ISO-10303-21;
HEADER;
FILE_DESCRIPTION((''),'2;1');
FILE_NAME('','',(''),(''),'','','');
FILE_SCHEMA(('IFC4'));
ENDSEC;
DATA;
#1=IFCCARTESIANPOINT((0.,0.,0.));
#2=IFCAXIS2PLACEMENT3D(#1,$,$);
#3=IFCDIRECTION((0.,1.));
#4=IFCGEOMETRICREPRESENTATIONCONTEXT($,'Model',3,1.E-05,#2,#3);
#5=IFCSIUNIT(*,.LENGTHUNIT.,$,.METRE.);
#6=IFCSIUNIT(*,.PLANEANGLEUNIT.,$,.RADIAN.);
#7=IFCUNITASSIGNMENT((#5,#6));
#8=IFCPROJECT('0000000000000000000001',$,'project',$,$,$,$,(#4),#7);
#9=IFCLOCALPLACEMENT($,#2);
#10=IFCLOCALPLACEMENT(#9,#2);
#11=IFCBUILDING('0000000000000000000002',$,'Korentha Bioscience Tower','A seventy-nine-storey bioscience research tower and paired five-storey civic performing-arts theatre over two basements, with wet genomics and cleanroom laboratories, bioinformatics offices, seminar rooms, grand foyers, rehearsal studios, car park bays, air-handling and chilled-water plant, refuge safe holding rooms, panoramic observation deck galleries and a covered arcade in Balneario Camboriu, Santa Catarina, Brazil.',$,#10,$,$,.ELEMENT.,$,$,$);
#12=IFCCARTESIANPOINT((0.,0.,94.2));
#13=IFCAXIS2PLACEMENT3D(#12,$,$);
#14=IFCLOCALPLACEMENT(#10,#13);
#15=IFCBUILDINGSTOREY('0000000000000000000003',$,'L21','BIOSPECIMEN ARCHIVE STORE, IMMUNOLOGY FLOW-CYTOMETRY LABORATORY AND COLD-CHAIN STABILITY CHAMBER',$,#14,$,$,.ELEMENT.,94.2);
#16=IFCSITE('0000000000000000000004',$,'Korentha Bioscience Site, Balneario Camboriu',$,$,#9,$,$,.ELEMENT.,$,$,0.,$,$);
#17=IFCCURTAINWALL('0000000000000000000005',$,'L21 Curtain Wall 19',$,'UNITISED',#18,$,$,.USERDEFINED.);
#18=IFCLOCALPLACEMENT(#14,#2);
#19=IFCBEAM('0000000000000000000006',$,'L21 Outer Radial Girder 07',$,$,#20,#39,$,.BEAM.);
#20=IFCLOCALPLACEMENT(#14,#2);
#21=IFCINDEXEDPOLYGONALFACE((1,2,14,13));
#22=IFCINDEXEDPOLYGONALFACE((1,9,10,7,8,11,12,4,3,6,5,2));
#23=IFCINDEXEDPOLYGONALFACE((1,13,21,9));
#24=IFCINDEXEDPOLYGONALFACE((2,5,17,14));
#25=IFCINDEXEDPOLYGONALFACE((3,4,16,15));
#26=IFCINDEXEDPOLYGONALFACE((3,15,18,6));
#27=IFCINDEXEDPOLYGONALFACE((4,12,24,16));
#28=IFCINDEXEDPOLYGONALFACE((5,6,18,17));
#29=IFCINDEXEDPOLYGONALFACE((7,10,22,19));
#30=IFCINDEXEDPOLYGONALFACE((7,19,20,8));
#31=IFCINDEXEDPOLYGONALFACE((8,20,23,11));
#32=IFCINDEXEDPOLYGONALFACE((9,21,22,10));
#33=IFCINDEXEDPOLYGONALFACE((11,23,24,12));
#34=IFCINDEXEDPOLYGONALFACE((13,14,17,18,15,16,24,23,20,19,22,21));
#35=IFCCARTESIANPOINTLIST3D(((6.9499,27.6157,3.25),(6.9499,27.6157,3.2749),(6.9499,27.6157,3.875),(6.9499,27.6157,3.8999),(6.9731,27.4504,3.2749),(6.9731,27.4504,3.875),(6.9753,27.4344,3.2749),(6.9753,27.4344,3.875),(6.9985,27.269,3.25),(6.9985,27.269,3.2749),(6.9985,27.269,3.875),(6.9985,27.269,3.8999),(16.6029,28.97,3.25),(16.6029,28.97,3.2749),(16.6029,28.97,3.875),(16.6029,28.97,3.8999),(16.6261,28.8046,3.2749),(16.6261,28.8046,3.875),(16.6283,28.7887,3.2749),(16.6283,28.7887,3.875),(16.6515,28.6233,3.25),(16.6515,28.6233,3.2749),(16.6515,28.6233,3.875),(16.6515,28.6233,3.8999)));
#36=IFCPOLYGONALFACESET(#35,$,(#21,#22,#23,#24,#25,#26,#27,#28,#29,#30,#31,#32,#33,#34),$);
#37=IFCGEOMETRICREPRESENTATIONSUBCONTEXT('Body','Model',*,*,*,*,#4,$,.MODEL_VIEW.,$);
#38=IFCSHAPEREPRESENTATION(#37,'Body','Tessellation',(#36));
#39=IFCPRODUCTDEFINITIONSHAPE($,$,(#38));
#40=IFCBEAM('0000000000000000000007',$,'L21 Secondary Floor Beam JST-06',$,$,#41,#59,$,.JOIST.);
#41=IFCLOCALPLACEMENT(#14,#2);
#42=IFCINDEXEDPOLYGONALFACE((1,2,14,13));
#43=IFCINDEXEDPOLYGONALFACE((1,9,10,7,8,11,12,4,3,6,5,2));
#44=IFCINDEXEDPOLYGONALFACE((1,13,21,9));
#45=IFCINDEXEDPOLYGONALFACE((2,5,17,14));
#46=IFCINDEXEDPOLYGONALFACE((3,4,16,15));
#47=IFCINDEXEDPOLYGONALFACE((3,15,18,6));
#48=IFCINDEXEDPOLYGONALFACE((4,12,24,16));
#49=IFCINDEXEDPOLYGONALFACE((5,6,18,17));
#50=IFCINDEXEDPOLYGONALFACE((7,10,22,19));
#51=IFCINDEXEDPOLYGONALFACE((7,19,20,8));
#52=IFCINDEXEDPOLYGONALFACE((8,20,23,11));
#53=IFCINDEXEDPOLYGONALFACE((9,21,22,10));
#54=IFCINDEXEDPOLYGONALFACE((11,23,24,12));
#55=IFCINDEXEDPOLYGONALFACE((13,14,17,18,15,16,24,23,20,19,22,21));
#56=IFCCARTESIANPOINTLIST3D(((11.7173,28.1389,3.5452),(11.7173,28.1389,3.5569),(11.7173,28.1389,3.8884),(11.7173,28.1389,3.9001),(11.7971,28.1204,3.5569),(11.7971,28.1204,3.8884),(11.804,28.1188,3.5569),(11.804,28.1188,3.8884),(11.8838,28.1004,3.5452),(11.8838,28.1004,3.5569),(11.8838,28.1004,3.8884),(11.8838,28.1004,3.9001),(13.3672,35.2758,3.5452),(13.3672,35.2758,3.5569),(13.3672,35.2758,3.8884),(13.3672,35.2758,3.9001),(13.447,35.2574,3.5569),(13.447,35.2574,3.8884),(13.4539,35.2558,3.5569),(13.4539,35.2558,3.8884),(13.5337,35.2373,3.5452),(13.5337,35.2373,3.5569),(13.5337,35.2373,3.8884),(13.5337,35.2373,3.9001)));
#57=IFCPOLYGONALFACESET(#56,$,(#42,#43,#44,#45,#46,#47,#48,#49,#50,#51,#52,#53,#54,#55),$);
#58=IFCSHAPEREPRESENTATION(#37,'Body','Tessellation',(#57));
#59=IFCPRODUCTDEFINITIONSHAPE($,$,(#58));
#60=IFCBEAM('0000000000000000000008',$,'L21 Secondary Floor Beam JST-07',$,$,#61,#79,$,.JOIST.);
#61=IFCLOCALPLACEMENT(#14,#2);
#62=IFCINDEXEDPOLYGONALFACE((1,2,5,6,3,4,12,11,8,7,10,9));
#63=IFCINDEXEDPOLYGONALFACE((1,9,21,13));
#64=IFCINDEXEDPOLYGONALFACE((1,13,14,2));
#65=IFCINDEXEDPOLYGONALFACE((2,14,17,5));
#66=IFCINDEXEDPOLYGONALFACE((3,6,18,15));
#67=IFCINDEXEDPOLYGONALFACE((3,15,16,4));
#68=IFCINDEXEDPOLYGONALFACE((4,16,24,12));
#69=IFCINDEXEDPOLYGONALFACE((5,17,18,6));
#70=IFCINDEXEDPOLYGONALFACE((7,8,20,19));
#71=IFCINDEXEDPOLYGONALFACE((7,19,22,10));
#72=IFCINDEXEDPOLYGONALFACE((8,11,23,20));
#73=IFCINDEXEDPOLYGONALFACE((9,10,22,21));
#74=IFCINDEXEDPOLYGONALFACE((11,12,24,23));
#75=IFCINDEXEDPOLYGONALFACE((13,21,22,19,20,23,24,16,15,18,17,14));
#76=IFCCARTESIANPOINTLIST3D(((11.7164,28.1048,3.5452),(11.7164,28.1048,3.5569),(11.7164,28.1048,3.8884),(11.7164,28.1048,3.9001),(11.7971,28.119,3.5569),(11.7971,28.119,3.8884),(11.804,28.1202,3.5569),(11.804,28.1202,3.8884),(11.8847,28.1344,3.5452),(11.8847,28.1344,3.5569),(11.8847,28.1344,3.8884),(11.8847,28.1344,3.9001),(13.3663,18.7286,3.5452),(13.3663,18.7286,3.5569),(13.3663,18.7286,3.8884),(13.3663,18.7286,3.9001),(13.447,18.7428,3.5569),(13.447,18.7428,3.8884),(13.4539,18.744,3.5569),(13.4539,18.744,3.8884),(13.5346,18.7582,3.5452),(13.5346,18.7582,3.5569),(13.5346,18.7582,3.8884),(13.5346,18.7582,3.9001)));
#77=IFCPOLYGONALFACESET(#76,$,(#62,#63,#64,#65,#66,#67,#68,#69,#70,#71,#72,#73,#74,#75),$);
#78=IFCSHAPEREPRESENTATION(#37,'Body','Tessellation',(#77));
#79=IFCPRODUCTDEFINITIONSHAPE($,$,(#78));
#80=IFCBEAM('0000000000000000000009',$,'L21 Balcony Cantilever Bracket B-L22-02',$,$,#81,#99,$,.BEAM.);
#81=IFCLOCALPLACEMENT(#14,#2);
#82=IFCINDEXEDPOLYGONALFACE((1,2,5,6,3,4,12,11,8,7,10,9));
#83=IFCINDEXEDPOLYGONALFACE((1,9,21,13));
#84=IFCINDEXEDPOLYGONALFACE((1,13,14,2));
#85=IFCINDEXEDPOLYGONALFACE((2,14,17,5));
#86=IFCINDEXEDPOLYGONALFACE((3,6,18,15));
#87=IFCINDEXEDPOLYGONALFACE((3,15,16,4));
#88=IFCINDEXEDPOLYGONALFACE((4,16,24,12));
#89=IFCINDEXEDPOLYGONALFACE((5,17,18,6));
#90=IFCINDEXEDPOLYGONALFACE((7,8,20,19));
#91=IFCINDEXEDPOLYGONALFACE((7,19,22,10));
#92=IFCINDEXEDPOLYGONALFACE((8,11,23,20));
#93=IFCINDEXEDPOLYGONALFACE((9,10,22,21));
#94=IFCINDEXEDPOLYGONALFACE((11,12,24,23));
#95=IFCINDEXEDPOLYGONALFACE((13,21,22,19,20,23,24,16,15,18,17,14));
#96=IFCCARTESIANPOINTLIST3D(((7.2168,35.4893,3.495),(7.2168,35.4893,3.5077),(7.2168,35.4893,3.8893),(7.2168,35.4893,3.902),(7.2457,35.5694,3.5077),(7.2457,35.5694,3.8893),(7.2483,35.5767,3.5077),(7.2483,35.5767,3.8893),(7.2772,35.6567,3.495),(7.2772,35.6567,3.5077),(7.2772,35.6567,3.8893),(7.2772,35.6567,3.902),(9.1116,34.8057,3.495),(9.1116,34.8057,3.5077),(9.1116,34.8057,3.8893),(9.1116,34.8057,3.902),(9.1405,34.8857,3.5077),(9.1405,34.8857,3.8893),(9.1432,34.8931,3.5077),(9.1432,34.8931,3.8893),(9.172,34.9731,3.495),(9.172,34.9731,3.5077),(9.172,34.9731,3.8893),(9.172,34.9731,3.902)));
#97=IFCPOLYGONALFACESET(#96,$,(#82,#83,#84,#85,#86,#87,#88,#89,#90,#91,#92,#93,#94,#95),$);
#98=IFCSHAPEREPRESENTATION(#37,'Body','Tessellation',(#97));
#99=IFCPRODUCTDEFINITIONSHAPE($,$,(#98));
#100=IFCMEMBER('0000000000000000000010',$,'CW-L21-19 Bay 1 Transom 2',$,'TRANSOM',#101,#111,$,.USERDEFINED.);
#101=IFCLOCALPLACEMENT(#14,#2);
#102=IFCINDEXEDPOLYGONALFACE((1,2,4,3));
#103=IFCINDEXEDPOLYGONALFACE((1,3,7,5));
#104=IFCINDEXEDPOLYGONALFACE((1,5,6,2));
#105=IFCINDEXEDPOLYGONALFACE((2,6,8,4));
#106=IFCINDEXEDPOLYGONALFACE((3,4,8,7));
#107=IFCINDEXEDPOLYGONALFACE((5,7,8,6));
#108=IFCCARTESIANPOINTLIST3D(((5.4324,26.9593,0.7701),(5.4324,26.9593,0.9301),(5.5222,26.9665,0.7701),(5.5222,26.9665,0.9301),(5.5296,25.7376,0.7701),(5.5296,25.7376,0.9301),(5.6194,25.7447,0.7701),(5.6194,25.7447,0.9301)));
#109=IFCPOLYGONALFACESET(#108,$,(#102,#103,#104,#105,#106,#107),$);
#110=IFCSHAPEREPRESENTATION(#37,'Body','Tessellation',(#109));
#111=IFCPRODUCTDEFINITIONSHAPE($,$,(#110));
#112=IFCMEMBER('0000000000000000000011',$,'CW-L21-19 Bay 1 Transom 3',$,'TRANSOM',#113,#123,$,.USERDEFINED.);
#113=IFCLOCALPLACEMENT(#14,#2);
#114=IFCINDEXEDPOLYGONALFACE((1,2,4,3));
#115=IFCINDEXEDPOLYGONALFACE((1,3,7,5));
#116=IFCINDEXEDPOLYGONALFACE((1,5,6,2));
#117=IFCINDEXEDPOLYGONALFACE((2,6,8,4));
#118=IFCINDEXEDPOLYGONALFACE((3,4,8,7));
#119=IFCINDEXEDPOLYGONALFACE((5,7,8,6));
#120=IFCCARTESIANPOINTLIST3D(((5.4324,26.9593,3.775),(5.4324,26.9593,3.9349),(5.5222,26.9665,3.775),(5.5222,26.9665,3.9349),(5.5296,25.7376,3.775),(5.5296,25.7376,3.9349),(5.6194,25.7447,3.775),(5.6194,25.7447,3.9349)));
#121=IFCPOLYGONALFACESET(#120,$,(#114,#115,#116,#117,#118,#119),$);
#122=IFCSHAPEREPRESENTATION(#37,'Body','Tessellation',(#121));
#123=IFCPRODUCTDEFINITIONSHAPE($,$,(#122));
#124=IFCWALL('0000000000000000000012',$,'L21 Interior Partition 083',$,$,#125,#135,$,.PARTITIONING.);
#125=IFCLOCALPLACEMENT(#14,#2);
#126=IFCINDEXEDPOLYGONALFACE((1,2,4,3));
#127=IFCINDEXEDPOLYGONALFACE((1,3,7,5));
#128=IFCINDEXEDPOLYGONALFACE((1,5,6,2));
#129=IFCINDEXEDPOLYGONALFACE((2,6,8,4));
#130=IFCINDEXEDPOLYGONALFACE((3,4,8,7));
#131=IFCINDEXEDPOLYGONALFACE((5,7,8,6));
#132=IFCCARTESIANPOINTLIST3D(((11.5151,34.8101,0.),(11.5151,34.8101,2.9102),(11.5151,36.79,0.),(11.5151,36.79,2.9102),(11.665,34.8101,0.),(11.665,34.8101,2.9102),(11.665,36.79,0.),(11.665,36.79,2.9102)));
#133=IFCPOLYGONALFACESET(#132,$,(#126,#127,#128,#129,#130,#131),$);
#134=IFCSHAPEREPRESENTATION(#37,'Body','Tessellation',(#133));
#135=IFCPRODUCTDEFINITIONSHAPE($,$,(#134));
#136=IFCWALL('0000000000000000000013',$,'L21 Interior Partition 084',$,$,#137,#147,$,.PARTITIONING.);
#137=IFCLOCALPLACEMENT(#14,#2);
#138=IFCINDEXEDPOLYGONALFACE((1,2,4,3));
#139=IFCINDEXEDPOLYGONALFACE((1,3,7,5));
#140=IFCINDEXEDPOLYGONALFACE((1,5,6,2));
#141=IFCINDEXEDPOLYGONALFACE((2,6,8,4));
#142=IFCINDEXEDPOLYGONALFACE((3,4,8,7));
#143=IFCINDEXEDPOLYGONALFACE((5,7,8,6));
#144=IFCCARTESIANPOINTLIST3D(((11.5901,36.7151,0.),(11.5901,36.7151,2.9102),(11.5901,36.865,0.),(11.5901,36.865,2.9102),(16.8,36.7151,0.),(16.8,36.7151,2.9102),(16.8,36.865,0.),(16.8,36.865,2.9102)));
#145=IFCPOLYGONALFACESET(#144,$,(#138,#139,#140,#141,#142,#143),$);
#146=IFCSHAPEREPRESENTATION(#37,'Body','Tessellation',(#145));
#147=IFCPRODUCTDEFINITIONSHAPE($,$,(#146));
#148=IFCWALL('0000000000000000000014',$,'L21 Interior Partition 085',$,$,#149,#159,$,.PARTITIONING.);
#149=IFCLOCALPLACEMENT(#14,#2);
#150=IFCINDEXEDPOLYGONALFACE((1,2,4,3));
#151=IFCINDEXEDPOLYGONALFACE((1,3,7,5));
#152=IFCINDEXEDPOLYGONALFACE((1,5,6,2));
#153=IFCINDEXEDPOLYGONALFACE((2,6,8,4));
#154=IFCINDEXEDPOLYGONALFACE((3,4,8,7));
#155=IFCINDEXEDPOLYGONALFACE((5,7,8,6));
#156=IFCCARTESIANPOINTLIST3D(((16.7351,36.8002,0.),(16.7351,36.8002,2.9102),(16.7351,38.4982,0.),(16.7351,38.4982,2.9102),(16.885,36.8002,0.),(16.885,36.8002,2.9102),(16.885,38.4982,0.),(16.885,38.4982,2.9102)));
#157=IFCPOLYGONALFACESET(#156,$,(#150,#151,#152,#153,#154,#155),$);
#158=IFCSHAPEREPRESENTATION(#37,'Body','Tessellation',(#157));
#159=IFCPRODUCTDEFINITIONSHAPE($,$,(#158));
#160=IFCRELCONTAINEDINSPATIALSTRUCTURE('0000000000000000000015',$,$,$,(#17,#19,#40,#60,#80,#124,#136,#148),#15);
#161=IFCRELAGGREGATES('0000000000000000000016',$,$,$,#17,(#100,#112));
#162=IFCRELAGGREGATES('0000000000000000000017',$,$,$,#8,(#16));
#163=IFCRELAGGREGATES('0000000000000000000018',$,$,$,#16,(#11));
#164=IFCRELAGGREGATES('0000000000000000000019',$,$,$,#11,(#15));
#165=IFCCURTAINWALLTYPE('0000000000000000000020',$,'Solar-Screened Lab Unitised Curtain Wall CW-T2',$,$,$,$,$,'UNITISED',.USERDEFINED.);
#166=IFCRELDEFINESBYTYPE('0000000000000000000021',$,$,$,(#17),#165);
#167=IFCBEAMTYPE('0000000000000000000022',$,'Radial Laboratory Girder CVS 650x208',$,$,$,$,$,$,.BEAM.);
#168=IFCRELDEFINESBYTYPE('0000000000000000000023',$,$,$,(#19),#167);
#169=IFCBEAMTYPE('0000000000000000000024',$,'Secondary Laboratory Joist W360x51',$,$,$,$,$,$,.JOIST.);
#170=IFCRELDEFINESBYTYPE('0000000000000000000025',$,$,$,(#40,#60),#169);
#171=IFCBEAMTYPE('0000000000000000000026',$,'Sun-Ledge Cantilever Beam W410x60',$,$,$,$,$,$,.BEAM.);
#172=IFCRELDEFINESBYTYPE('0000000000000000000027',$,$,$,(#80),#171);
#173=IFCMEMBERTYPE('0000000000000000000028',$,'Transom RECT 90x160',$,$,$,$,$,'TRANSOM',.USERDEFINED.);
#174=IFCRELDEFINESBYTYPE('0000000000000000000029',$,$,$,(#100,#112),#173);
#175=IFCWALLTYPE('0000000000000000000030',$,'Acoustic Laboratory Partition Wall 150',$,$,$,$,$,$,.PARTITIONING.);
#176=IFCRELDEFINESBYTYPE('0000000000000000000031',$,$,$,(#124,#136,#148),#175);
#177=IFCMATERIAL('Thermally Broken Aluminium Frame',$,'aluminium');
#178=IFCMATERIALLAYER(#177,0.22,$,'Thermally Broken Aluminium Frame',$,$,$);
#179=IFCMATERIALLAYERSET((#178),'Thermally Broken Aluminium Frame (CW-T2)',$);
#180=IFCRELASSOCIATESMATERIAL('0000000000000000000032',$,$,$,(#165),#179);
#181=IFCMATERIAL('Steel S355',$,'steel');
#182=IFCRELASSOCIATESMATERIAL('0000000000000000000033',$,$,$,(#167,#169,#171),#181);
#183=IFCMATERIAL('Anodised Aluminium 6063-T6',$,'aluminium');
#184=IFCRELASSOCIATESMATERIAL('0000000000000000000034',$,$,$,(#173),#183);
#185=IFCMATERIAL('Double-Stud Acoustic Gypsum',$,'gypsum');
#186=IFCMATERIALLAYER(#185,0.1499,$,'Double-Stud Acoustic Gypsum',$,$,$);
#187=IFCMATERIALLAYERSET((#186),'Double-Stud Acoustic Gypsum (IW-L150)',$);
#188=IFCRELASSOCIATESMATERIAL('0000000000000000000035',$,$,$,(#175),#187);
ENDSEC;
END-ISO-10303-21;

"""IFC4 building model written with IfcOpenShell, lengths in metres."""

from ifc_helpers import new_model, si_unit, direction, frame, frame_2d, origin, origin_2d, place, context, subcontext, project, spatial, rectangle, i_section, extrude, material, layer, layer_set, material_profile, profile_set, type_object, element, aggregate, save


model = new_model("IFC4")

# Units and contexts
model_context = context("Model", 3, precision=1e-05, world=origin(), true_north=direction((0.0, 1.0)))
body_context = subcontext(model_context, "Body", "Model", "MODEL_VIEW")
ifc_project = project(units=[si_unit("LENGTHUNIT", "METRE"), si_unit("PLANEANGLEUNIT", "RADIAN")], contexts=[model_context])

# Site, building, storey
site_placement = place(None, origin())
site = spatial("IfcSite", under=ifc_project, at=site_placement, Name="Korentha Bioscience Site, Balneario Camboriu", CompositionType="ELEMENT", RefElevation=0.0)
building_placement = place(site_placement, origin())
building = spatial("IfcBuilding", under=site, at=building_placement, Name="Korentha Bioscience Tower", Description="A seventy-nine-storey bioscience research tower and paired five-storey civic performing-arts theatre over two basements, with wet genomics and cleanroom laboratories, bioinformatics offices, seminar rooms, grand foyers, rehearsal studios, car park bays, air-handling and chilled-water plant, refuge safe holding rooms, panoramic observation deck galleries and a covered arcade in Balneario Camboriu, Santa Catarina, Brazil.", CompositionType="ELEMENT")
storey_placement = place(building_placement, frame((0.0, 0.0, 94.2)))
storey = spatial("IfcBuildingStorey", under=building, at=storey_placement, Name="L21", Description="BIOSPECIMEN ARCHIVE STORE, IMMUNOLOGY FLOW-CYTOMETRY LABORATORY AND COLD-CHAIN STABILITY CHAMBER", CompositionType="ELEMENT", Elevation=94.2)

# Shared definitions
ifc_material_1 = material(Name="Steel S355", Category="steel")

# Curtain wall
ifc_material_2 = material(Name="Thermally Broken Aluminium Frame", Category="aluminium")
ifc_layer_1 = layer(ifc_material_2, 0.22, Name="Thermally Broken Aluminium Frame")
ifc_layer_set_1 = layer_set([ifc_layer_1], Name="Thermally Broken Aluminium Frame (CW-T2)")
curtain_wall_type = type_object("IfcCurtainWallType", Name="Solar-Screened Lab Unitised Curtain Wall CW-T2", ElementType="UNITISED", PredefinedType="USERDEFINED", material=ifc_layer_set_1)
curtain_wall_placement = place(storey_placement, origin())
curtain_wall = element("IfcCurtainWall", 1, at=curtain_wall_placement, inside=storey, type_object=curtain_wall_type, Name="L21 Curtain Wall 19", ObjectType="UNITISED", PredefinedType="USERDEFINED")
ifc_material_3 = material(Name="Anodised Aluminium 6063-T6", Category="aluminium")

# Beams
ifc_material_profile_1 = material_profile(ifc_material_1, i_section(OverallWidth=0.3501, OverallDepth=0.6499, WebThickness=0.0161, FlangeThickness=0.0249, at=origin_2d()), Name="Steel S355")
ifc_profile_set_1 = profile_set([ifc_material_profile_1], Name="Steel S355 (RB-650)")
beam_type_1 = type_object("IfcBeamType", Name="Radial Laboratory Girder CVS 650x208", PredefinedType="BEAM", material=ifc_profile_set_1)
beam_1_placement = place(storey_placement, frame((16.6272, 28.7966, 3.575), z_axis=(-0.990302, -0.138931, 0.0), x_axis=(0.138931, -0.990302, 0.0)))
element("IfcBeam", 2, at=beam_1_placement, inside=storey, type_object=beam_type_1, Name="L21 Outer Radial Girder 07", PredefinedType="BEAM", context=body_context, shape_type="SweptSolid", body=[
    extrude(i_section(OverallWidth=0.3501, OverallDepth=0.6499, WebThickness=0.0161, FlangeThickness=0.0249, at=origin_2d()), origin(), (0.0, 0.0, 1.0), 9.7476),
])
ifc_material_profile_2 = material_profile(ifc_material_1, i_section(OverallWidth=0.1709, OverallDepth=0.355, WebThickness=0.0071, FlangeThickness=0.0117, at=origin_2d()), Name="Steel S355")
ifc_profile_set_2 = profile_set([ifc_material_profile_2], Name="Steel S355 (JB-360)")
beam_type_2 = type_object("IfcBeamType", Name="Secondary Laboratory Joist W360x51", PredefinedType="JOIST", material=ifc_profile_set_2)
beam_2_placement = place(storey_placement, frame((13.4504, 35.2566, 3.7227), z_axis=(-0.225237, -0.974304, 0.0), x_axis=(0.974304, -0.225237, 0.0)))
element("IfcBeam", 3, at=beam_2_placement, inside=storey, type_object=beam_type_2, Name="L21 Secondary Floor Beam JST-06", PredefinedType="JOIST", context=body_context, shape_type="SweptSolid", body=[
    extrude(i_section(OverallWidth=0.1709, OverallDepth=0.355, WebThickness=0.0071, FlangeThickness=0.0117, at=origin_2d()), origin(), (0.0, 0.0, 1.0), 7.3252),
])
beam_3_placement = place(storey_placement, frame((11.8005, 28.1196, 3.7227), z_axis=(0.173304, -0.984868, 0.0), x_axis=(0.984868, 0.173304, 0.0)))
element("IfcBeam", 4, at=beam_3_placement, inside=storey, type_object=beam_type_2, Name="L21 Secondary Floor Beam JST-07", PredefinedType="JOIST", context=body_context, shape_type="SweptSolid", body=[
    extrude(i_section(OverallWidth=0.1709, OverallDepth=0.355, WebThickness=0.0071, FlangeThickness=0.0117, at=origin_2d()), origin(), (0.0, 0.0, 1.0), 9.5203),
])
ifc_material_profile_3 = material_profile(ifc_material_1, i_section(OverallWidth=0.178, OverallDepth=0.407, WebThickness=0.0078, FlangeThickness=0.0127, at=origin_2d()), Name="Steel S355")
ifc_profile_set_3 = profile_set([ifc_material_profile_3], Name="Steel S355 (CB-410)")
beam_type_3 = type_object("IfcBeamType", Name="Sun-Ledge Cantilever Beam W410x60", PredefinedType="BEAM", material=ifc_profile_set_3)
beam_4_placement = place(storey_placement, frame((9.1418, 34.8894, 3.6985), z_axis=(-0.940654, 0.339367, 0.0), x_axis=(-0.339367, -0.940654, 0.0)))
element("IfcBeam", 5, at=beam_4_placement, inside=storey, type_object=beam_type_3, Name="L21 Balcony Cantilever Bracket B-L22-02", PredefinedType="BEAM", context=body_context, shape_type="SweptSolid", body=[
    extrude(i_section(OverallWidth=0.178, OverallDepth=0.407, WebThickness=0.0078, FlangeThickness=0.0127, at=origin_2d()), origin(), (0.0, 0.0, 1.0), 2.0144),
])

# Members
ifc_material_profile_4 = material_profile(ifc_material_3, rectangle(XDim=0.0901, YDim=0.1599, at=origin_2d()), Name="Anodised Aluminium 6063-T6")
ifc_profile_set_4 = profile_set([ifc_material_profile_4], Name="Anodised Aluminium 6063-T6 (CW-TRN)")
member_type_1 = type_object("IfcMemberType", Name="Transom RECT 90x160", ElementType="TRANSOM", PredefinedType="USERDEFINED", material=ifc_profile_set_4)
member_1_placement = place(storey_placement, frame((5.4773, 26.9629, 0.8501), z_axis=(0.079286, -0.996852, 0.0), x_axis=(0.996852, 0.079286, 0.0)))
member_1 = element("IfcMember", 6, at=member_1_placement, type_object=member_type_1, Name="CW-L21-19 Bay 1 Transom 2", ObjectType="TRANSOM", PredefinedType="USERDEFINED", context=body_context, shape_type="SweptSolid", body=[
    extrude(rectangle(XDim=0.0901, YDim=0.1599, at=origin_2d()), origin(), (0.0, 0.0, 1.0), 1.2256),
])
member_2_placement = place(storey_placement, frame((5.4773, 26.9629, 3.855), z_axis=(0.079286, -0.996852, 0.0), x_axis=(0.996852, 0.079286, 0.0)))
member_2 = element("IfcMember", 7, at=member_2_placement, type_object=member_type_1, Name="CW-L21-19 Bay 1 Transom 3", ObjectType="TRANSOM", PredefinedType="USERDEFINED", context=body_context, shape_type="SweptSolid", body=[
    extrude(rectangle(XDim=0.0901, YDim=0.1599, at=origin_2d()), origin(), (0.0, 0.0, 1.0), 1.2256),
])
aggregate(curtain_wall, [member_1, member_2])

# Walls
ifc_material_4 = material(Name="Double-Stud Acoustic Gypsum", Category="gypsum")
ifc_layer_2 = layer(ifc_material_4, 0.1499, Name="Double-Stud Acoustic Gypsum")
ifc_layer_set_2 = layer_set([ifc_layer_2], Name="Double-Stud Acoustic Gypsum (IW-L150)")
wall_type_1 = type_object("IfcWallType", Name="Acoustic Laboratory Partition Wall 150", PredefinedType="PARTITIONING", material=ifc_layer_set_2)
wall_1_placement = place(storey_placement, frame((11.5901, 34.8101, 0.0), z_axis=(0.0, 0.0, 1.0), x_axis=(0.0, 1.0, 0.0)))
element("IfcWall", 8, at=wall_1_placement, inside=storey, type_object=wall_type_1, Name="L21 Interior Partition 083", PredefinedType="PARTITIONING", context=body_context, shape_type="SweptSolid", body=[
    extrude(rectangle(XDim=1.98, YDim=0.1499, at=frame_2d((0.99, 0.0))), origin(), (0.0, 0.0, 1.0), 2.9102),
])
wall_2_placement = place(storey_placement, frame((11.5901, 36.79, 0.0), z_axis=(0.0, 0.0, 1.0), x_axis=(1.0, 0.0, 0.0)))
element("IfcWall", 9, at=wall_2_placement, inside=storey, type_object=wall_type_1, Name="L21 Interior Partition 084", PredefinedType="PARTITIONING", context=body_context, shape_type="SweptSolid", body=[
    extrude(rectangle(XDim=5.21, YDim=0.1499, at=frame_2d((2.605, 0.0))), origin(), (0.0, 0.0, 1.0), 2.9102),
])
wall_3_placement = place(storey_placement, frame((16.8101, 36.8, 0.0), z_axis=(0.0, 0.0, 1.0), x_axis=(0.0, 1.0, 0.0)))
element("IfcWall", 10, at=wall_3_placement, inside=storey, type_object=wall_type_1, Name="L21 Interior Partition 085", PredefinedType="PARTITIONING", context=body_context, shape_type="SweptSolid", body=[
    extrude(rectangle(XDim=1.698, YDim=0.1499, at=frame_2d((0.8491, 0.0))), origin(), (0.0, 0.0, 1.0), 2.9102),
])

save(model, "model.ifc")
